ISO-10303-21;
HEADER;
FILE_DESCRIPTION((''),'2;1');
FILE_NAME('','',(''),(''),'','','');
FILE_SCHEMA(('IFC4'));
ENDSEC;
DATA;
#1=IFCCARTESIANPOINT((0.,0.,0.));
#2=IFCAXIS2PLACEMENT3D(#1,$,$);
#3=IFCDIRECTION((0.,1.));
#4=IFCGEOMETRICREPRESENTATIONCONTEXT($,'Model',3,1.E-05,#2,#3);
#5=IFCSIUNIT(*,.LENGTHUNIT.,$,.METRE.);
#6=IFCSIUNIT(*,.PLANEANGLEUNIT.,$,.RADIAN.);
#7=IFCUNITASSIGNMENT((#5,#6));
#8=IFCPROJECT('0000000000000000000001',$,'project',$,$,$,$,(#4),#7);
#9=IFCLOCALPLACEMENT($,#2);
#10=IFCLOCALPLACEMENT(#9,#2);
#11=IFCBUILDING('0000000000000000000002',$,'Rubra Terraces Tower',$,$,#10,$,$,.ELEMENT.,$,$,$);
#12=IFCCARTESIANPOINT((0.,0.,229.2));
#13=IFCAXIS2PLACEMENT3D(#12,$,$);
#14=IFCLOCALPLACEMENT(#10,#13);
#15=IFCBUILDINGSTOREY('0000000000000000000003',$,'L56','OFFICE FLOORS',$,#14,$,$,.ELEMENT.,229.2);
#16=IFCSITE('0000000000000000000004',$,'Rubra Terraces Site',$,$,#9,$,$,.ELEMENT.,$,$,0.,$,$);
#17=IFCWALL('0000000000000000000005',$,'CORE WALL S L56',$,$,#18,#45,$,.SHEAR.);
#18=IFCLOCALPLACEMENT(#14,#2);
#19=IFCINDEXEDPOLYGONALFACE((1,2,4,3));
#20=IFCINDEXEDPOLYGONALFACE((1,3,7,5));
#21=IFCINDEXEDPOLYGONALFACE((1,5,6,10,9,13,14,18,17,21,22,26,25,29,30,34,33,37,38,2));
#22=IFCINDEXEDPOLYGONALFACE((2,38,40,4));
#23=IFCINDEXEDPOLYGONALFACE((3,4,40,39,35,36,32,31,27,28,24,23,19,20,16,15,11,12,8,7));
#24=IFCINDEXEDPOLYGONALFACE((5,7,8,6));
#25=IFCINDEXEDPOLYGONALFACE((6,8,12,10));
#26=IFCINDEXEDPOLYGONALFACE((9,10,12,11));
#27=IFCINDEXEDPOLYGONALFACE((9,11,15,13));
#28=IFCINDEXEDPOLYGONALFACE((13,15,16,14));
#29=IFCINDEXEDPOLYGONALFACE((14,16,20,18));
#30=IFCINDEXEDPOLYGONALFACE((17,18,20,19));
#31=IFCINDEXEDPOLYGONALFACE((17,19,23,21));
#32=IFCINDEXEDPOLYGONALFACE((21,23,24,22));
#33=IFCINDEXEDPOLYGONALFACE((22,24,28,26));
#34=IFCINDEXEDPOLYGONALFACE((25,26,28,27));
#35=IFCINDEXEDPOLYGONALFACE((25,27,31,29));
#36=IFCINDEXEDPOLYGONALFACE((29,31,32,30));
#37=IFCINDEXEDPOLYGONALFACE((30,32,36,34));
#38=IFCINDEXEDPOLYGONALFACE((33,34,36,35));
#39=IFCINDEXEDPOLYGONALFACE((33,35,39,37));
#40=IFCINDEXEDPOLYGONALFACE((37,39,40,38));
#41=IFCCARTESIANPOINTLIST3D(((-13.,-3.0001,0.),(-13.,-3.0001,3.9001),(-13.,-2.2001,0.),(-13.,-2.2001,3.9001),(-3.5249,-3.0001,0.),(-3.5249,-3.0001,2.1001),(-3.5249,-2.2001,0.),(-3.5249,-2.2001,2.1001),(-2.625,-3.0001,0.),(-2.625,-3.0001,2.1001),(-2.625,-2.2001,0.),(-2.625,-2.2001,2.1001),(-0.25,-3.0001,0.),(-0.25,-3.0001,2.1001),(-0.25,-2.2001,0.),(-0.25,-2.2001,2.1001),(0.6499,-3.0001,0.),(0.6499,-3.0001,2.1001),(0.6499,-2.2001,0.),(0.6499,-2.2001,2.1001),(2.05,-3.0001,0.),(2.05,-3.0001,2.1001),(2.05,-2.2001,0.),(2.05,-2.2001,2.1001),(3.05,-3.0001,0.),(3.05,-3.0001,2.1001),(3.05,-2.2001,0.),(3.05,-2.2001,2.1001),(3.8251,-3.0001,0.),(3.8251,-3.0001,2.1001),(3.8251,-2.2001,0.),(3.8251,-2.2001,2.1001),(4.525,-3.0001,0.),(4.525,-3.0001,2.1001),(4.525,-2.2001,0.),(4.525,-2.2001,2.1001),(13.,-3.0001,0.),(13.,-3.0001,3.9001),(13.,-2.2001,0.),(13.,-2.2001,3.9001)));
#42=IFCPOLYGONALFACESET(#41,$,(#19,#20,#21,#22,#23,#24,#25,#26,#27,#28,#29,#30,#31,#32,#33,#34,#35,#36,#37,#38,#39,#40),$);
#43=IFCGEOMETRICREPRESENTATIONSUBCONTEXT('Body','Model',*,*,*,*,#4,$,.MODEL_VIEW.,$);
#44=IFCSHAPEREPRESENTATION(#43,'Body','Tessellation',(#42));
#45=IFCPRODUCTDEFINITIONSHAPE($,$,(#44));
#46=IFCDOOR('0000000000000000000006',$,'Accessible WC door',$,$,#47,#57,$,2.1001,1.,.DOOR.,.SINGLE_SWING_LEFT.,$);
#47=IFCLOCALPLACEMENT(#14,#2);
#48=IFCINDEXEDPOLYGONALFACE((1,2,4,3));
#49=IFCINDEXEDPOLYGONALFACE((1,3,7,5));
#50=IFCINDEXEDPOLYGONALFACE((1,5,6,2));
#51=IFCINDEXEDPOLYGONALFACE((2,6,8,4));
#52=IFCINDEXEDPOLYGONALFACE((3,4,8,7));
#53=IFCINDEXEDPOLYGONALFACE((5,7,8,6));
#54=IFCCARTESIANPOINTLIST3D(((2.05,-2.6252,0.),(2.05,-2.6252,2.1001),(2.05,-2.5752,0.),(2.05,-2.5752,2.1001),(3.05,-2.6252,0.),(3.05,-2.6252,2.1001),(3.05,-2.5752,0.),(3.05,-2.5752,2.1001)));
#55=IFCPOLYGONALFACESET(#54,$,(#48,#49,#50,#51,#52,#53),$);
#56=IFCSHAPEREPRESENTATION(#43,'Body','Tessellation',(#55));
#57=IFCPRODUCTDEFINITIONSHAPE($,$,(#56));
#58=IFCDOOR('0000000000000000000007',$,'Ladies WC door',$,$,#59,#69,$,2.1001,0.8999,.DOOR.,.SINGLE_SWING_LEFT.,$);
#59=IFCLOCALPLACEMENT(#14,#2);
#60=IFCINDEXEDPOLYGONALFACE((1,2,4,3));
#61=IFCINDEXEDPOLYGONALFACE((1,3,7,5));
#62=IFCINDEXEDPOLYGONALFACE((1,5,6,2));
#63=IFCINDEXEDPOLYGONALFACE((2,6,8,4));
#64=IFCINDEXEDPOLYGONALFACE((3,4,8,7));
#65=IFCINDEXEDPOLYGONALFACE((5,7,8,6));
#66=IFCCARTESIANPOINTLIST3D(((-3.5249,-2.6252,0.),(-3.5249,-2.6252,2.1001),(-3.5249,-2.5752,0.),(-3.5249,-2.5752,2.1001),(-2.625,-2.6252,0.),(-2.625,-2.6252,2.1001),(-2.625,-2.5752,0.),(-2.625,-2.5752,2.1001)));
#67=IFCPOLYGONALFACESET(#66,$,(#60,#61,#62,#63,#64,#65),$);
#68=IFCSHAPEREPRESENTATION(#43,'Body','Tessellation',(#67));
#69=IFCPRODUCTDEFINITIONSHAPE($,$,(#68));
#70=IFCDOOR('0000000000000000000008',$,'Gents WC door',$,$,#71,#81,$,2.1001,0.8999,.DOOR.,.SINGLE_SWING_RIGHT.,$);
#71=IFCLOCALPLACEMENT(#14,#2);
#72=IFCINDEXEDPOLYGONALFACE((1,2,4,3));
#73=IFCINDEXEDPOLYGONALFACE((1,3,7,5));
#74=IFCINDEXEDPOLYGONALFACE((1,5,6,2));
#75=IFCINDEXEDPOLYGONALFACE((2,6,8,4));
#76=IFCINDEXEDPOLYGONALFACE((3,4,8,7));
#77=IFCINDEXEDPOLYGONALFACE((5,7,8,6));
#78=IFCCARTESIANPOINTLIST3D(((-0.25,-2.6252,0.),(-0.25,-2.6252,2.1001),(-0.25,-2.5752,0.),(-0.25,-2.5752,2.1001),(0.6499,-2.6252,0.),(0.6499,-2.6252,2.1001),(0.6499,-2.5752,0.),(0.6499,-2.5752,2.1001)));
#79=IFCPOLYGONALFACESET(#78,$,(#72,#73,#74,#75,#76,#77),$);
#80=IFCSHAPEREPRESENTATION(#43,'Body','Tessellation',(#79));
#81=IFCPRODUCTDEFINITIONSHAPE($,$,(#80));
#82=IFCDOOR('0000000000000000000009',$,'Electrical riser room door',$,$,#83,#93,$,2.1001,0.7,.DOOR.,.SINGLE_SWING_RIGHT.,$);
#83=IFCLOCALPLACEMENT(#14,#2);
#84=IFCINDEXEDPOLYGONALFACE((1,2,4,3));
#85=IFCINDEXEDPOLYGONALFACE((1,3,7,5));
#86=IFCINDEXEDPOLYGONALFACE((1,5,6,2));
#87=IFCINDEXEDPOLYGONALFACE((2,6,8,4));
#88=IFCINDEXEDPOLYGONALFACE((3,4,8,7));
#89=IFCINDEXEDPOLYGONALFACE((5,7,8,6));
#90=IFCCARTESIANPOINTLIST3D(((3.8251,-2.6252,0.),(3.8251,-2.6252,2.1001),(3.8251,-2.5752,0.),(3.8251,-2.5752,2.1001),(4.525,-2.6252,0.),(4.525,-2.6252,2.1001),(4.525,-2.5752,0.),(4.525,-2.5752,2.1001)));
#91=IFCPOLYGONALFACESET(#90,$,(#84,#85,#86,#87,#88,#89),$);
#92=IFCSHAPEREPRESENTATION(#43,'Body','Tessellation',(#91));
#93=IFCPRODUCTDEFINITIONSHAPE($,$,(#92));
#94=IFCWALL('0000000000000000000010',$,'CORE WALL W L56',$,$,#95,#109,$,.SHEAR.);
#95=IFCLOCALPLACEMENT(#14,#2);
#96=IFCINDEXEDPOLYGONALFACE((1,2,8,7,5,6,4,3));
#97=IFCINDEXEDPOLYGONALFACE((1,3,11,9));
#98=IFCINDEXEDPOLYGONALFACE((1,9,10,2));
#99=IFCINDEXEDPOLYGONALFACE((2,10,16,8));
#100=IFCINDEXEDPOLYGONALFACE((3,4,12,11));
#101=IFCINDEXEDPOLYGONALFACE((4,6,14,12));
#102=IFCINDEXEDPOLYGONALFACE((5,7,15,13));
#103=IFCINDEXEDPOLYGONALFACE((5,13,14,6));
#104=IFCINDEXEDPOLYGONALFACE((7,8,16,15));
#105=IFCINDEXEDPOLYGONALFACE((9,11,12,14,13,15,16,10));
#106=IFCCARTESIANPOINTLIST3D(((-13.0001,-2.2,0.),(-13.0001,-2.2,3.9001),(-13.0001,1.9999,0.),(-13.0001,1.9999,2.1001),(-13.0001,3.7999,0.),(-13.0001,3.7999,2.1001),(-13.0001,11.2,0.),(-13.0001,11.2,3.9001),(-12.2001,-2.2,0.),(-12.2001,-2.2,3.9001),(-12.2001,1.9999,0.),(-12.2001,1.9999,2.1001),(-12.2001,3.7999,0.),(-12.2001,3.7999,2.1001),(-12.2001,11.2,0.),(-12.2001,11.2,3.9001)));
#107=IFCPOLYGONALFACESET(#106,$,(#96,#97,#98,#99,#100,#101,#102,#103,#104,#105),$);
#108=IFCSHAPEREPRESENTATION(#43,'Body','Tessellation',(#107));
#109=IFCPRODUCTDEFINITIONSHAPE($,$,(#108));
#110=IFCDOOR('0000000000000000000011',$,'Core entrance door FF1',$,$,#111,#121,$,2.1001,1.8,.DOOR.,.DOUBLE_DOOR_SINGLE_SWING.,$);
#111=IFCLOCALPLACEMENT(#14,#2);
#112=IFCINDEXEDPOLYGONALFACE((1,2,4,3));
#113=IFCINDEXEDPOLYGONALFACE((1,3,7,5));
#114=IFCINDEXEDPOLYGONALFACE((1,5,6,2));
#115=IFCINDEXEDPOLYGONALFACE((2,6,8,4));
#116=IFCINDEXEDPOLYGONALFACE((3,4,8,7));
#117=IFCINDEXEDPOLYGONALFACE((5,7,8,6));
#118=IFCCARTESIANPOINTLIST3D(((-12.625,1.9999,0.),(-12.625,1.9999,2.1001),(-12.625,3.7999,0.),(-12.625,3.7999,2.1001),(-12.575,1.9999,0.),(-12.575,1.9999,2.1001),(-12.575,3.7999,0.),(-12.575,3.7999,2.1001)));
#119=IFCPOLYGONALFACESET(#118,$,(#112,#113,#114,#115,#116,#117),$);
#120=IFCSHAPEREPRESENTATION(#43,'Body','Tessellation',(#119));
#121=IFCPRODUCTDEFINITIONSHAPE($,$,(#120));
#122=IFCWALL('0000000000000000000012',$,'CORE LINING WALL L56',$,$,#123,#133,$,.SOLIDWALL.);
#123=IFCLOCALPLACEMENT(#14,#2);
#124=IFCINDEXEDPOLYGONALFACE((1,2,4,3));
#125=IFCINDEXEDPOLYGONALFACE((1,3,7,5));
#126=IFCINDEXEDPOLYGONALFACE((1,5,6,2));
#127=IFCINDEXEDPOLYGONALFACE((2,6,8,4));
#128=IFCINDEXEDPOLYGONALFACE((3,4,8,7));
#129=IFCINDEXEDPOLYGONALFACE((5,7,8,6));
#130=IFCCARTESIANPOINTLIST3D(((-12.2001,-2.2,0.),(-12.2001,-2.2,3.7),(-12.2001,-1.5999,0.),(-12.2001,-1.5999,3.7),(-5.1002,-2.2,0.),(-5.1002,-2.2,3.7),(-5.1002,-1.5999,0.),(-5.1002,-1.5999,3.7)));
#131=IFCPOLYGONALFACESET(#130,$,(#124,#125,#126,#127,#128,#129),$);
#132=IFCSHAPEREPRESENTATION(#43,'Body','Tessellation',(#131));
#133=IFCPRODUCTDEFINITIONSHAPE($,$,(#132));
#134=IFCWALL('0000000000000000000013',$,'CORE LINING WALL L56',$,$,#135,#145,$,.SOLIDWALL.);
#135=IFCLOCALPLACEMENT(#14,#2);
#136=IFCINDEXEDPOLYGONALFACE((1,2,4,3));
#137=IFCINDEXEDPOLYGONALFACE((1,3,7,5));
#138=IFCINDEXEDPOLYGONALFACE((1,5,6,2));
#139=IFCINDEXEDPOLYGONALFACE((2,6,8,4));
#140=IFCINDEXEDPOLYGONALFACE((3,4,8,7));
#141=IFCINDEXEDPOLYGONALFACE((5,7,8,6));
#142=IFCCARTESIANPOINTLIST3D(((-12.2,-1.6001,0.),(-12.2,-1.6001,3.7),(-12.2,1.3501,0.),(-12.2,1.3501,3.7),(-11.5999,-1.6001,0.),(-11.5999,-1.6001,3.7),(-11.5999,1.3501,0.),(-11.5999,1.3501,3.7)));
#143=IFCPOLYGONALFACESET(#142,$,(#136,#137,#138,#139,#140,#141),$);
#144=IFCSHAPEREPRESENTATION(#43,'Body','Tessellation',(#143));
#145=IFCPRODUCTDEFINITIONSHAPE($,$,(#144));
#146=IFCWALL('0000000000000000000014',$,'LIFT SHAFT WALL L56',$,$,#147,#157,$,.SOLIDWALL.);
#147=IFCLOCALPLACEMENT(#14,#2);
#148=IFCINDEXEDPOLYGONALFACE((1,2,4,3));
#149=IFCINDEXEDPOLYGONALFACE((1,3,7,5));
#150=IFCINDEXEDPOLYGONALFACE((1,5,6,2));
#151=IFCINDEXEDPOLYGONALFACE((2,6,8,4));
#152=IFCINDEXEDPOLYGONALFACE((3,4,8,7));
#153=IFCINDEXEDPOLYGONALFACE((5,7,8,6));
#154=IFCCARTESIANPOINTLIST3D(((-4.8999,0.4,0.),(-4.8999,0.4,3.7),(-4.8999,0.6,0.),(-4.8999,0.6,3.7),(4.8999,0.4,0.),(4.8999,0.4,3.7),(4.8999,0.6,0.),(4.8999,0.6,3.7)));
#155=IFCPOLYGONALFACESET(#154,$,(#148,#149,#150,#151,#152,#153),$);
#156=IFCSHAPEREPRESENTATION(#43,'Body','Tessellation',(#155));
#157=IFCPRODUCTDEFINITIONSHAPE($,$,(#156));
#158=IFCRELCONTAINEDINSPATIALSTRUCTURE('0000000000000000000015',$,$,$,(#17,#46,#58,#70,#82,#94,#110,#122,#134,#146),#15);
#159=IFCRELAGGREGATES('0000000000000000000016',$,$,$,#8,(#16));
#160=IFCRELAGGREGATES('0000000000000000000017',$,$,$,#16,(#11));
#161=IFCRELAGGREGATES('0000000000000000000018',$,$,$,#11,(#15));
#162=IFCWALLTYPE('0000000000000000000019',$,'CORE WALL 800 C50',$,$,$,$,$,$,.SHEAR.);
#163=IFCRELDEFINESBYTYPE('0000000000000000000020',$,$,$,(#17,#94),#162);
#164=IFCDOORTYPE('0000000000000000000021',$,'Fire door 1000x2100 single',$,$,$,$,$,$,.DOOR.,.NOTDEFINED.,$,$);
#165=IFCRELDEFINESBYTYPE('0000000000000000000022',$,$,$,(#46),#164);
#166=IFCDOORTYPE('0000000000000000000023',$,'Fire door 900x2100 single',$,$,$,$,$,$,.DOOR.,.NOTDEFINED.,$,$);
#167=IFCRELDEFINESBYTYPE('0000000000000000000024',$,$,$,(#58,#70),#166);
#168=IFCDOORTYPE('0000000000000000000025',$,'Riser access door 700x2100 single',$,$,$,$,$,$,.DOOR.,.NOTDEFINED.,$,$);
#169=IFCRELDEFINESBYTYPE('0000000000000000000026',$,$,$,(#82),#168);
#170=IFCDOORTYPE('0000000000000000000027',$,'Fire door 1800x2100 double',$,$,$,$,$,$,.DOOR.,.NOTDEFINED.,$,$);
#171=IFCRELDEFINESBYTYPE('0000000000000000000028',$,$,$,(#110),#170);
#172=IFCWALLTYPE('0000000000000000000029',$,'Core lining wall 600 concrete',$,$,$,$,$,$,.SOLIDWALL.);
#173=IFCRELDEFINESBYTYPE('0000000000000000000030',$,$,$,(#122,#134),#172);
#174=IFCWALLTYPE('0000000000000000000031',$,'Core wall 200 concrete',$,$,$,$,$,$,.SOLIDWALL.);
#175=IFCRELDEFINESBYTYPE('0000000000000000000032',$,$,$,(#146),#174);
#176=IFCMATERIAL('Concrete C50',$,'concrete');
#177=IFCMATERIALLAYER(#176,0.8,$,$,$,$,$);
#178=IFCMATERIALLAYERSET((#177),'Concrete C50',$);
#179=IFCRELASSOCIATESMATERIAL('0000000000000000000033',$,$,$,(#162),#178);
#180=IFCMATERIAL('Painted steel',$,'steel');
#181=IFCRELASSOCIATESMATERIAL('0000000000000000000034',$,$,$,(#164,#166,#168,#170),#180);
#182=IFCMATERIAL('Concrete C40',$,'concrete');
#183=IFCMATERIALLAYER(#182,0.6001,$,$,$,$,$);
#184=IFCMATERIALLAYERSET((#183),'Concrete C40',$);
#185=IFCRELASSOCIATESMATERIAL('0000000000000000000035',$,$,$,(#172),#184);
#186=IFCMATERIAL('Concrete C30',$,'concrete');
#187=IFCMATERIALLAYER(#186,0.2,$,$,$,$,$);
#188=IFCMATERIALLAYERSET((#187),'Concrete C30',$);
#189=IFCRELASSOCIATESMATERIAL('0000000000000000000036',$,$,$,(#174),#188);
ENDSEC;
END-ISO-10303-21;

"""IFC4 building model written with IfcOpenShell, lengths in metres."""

from ifc_helpers import new_model, si_unit, direction, frame, frame_2d, origin, place, context, subcontext, project, spatial, rectangle, extrude, material, layer, layer_set, type_object, element, fill, save


model = new_model("IFC4")

# Units and contexts
model_context = context("Model", 3, precision=1e-05, world=origin(), true_north=direction((0.0, 1.0)))
body_context = subcontext(model_context, "Body", "Model", "MODEL_VIEW")
ifc_project = project(units=[si_unit("LENGTHUNIT", "METRE"), si_unit("PLANEANGLEUNIT", "RADIAN")], contexts=[model_context])

# Site, building, storey
site_placement = place(None, origin())
site = spatial("IfcSite", under=ifc_project, at=site_placement, Name="Rubra Terraces Site", CompositionType="ELEMENT", RefElevation=0.0)
building_placement = place(site_placement, origin())
building = spatial("IfcBuilding", under=site, at=building_placement, Name="Rubra Terraces Tower", CompositionType="ELEMENT")
storey_placement = place(building_placement, frame((0.0, 0.0, 229.2)))
storey = spatial("IfcBuildingStorey", under=building, at=storey_placement, Name="L56", Description="OFFICE FLOORS", CompositionType="ELEMENT", Elevation=229.2)

# Shared definitions
ifc_material_1 = material(Name="Concrete C40", Category="concrete")

# Wall, openings, doors
ifc_material_2 = material(Name="Concrete C50", Category="concrete")
ifc_layer_1 = layer(ifc_material_2, 0.8)
ifc_layer_set_1 = layer_set([ifc_layer_1], Name="Concrete C50")
wall_type_1 = type_object("IfcWallType", Name="CORE WALL 800 C50", PredefinedType="SHEAR", material=ifc_layer_set_1)
wall_1_placement = place(storey_placement, frame((-13.0, -2.6001, 0.0), z_axis=(0.0, 0.0, 1.0), x_axis=(1.0, 0.0, 0.0)))
wall_1 = element("IfcWall", 1, at=wall_1_placement, inside=storey, type_object=wall_type_1, Name="CORE WALL S L56", PredefinedType="SHEAR", context=body_context, shape_type="SweptSolid", body=[
    extrude(rectangle(XDim=26.0, YDim=0.8, at=frame_2d((13.0, 0.0))), origin(), (0.0, 0.0, 1.0), 3.9001),
])
opening_1_placement = place(wall_1_placement, frame((9.4751, 0.0, 0.0)))
opening_1 = element("IfcOpeningElement", 2, at=opening_1_placement, cuts=wall_1, PredefinedType="OPENING", context=body_context, shape_type="SweptSolid", body=[
    extrude(rectangle(XDim=0.8999, YDim=2.1001, at=frame_2d((0.45, 1.05))), frame((0.0, 0.4099, 0.0), z_axis=(0.0, -1.0, 0.0), x_axis=(1.0, 0.0, 0.0)), (0.0, 0.0, 1.0), 0.8201),
])
opening_2_placement = place(wall_1_placement, frame((12.75, 0.0, 0.0)))
opening_2 = element("IfcOpeningElement", 3, at=opening_2_placement, cuts=wall_1, PredefinedType="OPENING", context=body_context, shape_type="SweptSolid", body=[
    extrude(rectangle(XDim=0.8999, YDim=2.1001, at=frame_2d((0.45, 1.05))), frame((0.0, 0.4099, 0.0), z_axis=(0.0, -1.0, 0.0), x_axis=(1.0, 0.0, 0.0)), (0.0, 0.0, 1.0), 0.8201),
])
opening_3_placement = place(wall_1_placement, frame((15.05, 0.0, 0.0)))
opening_3 = element("IfcOpeningElement", 4, at=opening_3_placement, cuts=wall_1, PredefinedType="OPENING", context=body_context, shape_type="SweptSolid", body=[
    extrude(rectangle(XDim=1.0, YDim=2.1001, at=frame_2d((0.5, 1.05))), frame((0.0, 0.4099, 0.0), z_axis=(0.0, -1.0, 0.0), x_axis=(1.0, 0.0, 0.0)), (0.0, 0.0, 1.0), 0.8201),
])
opening_4_placement = place(wall_1_placement, frame((16.825, 0.0, 0.0)))
opening_4 = element("IfcOpeningElement", 5, at=opening_4_placement, cuts=wall_1, PredefinedType="OPENING", context=body_context, shape_type="SweptSolid", body=[
    extrude(rectangle(XDim=0.7, YDim=2.1001, at=frame_2d((0.3501, 1.05))), frame((0.0, 0.4099, 0.0), z_axis=(0.0, -1.0, 0.0), x_axis=(1.0, 0.0, 0.0)), (0.0, 0.0, 1.0), 0.8201),
])
ifc_material_3 = material(Name="Painted steel", Category="steel")
door_type_1 = type_object("IfcDoorType", Name="Fire door 1000x2100 single", OperationType="NOTDEFINED", PredefinedType="DOOR", material=ifc_material_3)
door_1_placement = place(opening_3_placement, origin())
door_1 = element("IfcDoor", 6, at=door_1_placement, inside=storey, type_object=door_type_1, Name="Accessible WC door", OperationType="SINGLE_SWING_LEFT", OverallHeight=2.1001, OverallWidth=1.0, PredefinedType="DOOR", context=body_context, shape_type="SweptSolid", body=[
    extrude(rectangle(XDim=1.0, YDim=2.1001, at=frame_2d((0.5, 1.05))), frame((0.0, 0.0249, 0.0), z_axis=(0.0, -1.0, 0.0), x_axis=(1.0, 0.0, 0.0)), (0.0, 0.0, 1.0), 0.05),
])
fill(opening_3, door_1)
door_type_2 = type_object("IfcDoorType", Name="Fire door 900x2100 single", OperationType="NOTDEFINED", PredefinedType="DOOR", material=ifc_material_3)
door_2_placement = place(opening_1_placement, origin())
door_2 = element("IfcDoor", 7, at=door_2_placement, inside=storey, type_object=door_type_2, Name="Ladies WC door", OperationType="SINGLE_SWING_LEFT", OverallHeight=2.1001, OverallWidth=0.8999, PredefinedType="DOOR", context=body_context, shape_type="SweptSolid", body=[
    extrude(rectangle(XDim=0.8999, YDim=2.1001, at=frame_2d((0.45, 1.05))), frame((0.0, 0.0249, 0.0), z_axis=(0.0, -1.0, 0.0), x_axis=(1.0, 0.0, 0.0)), (0.0, 0.0, 1.0), 0.05),
])
fill(opening_1, door_2)
door_3_placement = place(opening_2_placement, origin())
door_3 = element("IfcDoor", 8, at=door_3_placement, inside=storey, type_object=door_type_2, Name="Gents WC door", OperationType="SINGLE_SWING_RIGHT", OverallHeight=2.1001, OverallWidth=0.8999, PredefinedType="DOOR", context=body_context, shape_type="SweptSolid", body=[
    extrude(rectangle(XDim=0.8999, YDim=2.1001, at=frame_2d((0.45, 1.05))), frame((0.0, 0.0249, 0.0), z_axis=(0.0, -1.0, 0.0), x_axis=(1.0, 0.0, 0.0)), (0.0, 0.0, 1.0), 0.05),
])
fill(opening_2, door_3)
door_type_3 = type_object("IfcDoorType", Name="Riser access door 700x2100 single", OperationType="NOTDEFINED", PredefinedType="DOOR", material=ifc_material_3)
door_4_placement = place(opening_4_placement, origin())
door_4 = element("IfcDoor", 9, at=door_4_placement, inside=storey, type_object=door_type_3, Name="Electrical riser room door", OperationType="SINGLE_SWING_RIGHT", OverallHeight=2.1001, OverallWidth=0.7, PredefinedType="DOOR", context=body_context, shape_type="SweptSolid", body=[
    extrude(rectangle(XDim=0.7, YDim=2.1001, at=frame_2d((0.3501, 1.05))), frame((0.0, 0.0249, 0.0), z_axis=(0.0, -1.0, 0.0), x_axis=(1.0, 0.0, 0.0)), (0.0, 0.0, 1.0), 0.05),
])
fill(opening_4, door_4)

# Wall, opening, door
wall_2_placement = place(storey_placement, frame((-12.6001, -2.2, 0.0), z_axis=(0.0, 0.0, 1.0), x_axis=(0.0, 1.0, 0.0)))
wall_2 = element("IfcWall", 10, at=wall_2_placement, inside=storey, type_object=wall_type_1, Name="CORE WALL W L56", PredefinedType="SHEAR", context=body_context, shape_type="SweptSolid", body=[
    extrude(rectangle(XDim=13.3999, YDim=0.8, at=frame_2d((6.7, 0.0))), origin(), (0.0, 0.0, 1.0), 3.9001),
])
opening_5_placement = place(wall_2_placement, frame((4.2, 0.0, 0.0)))
opening_5 = element("IfcOpeningElement", 11, at=opening_5_placement, cuts=wall_2, PredefinedType="OPENING", context=body_context, shape_type="SweptSolid", body=[
    extrude(rectangle(XDim=1.8, YDim=2.1001, at=frame_2d((0.8999, 1.05))), frame((0.0, 0.4099, 0.0), z_axis=(0.0, -1.0, 0.0), x_axis=(1.0, 0.0, 0.0)), (0.0, 0.0, 1.0), 0.8201),
])
door_type_4 = type_object("IfcDoorType", Name="Fire door 1800x2100 double", OperationType="NOTDEFINED", PredefinedType="DOOR", material=ifc_material_3)
door_5_placement = place(opening_5_placement, origin())
door_5 = element("IfcDoor", 12, at=door_5_placement, inside=storey, type_object=door_type_4, Name="Core entrance door FF1", OperationType="DOUBLE_DOOR_SINGLE_SWING", OverallHeight=2.1001, OverallWidth=1.8, PredefinedType="DOOR", context=body_context, shape_type="SweptSolid", body=[
    extrude(rectangle(XDim=1.8, YDim=2.1001, at=frame_2d((0.8999, 1.05))), frame((0.0, 0.0249, 0.0), z_axis=(0.0, -1.0, 0.0), x_axis=(1.0, 0.0, 0.0)), (0.0, 0.0, 1.0), 0.05),
])
fill(opening_5, door_5)

# Walls
ifc_layer_2 = layer(ifc_material_1, 0.6001)
ifc_layer_set_2 = layer_set([ifc_layer_2], Name="Concrete C40")
wall_type_2 = type_object("IfcWallType", Name="Core lining wall 600 concrete", PredefinedType="SOLIDWALL", material=ifc_layer_set_2)
wall_3_placement = place(storey_placement, frame((-12.2, -1.8999, 0.0), z_axis=(0.0, 0.0, 1.0), x_axis=(1.0, 0.0, 0.0)))
element("IfcWall", 13, at=wall_3_placement, inside=storey, type_object=wall_type_2, Name="CORE LINING WALL L56", PredefinedType="SOLIDWALL", context=body_context, shape_type="SweptSolid", body=[
    extrude(rectangle(XDim=7.0999, YDim=0.6001, at=frame_2d((3.5498, 0.0))), origin(), (0.0, 0.0, 1.0), 3.7),
])
wall_4_placement = place(storey_placement, frame((-11.8999, -1.6001, 0.0), z_axis=(0.0, 0.0, 1.0), x_axis=(0.0, 1.0, 0.0)))
element("IfcWall", 14, at=wall_4_placement, inside=storey, type_object=wall_type_2, Name="CORE LINING WALL L56", PredefinedType="SOLIDWALL", context=body_context, shape_type="SweptSolid", body=[
    extrude(rectangle(XDim=2.9502, YDim=0.6001, at=frame_2d((1.4751, 0.0))), origin(), (0.0, 0.0, 1.0), 3.7),
])
ifc_material_4 = material(Name="Concrete C30", Category="concrete")
ifc_layer_3 = layer(ifc_material_4, 0.2)
ifc_layer_set_3 = layer_set([ifc_layer_3], Name="Concrete C30")
wall_type_3 = type_object("IfcWallType", Name="Core wall 200 concrete", PredefinedType="SOLIDWALL", material=ifc_layer_set_3)
wall_5_placement = place(storey_placement, frame((-4.8999, 0.5, 0.0), z_axis=(0.0, 0.0, 1.0), x_axis=(1.0, 0.0, 0.0)))
element("IfcWall", 15, at=wall_5_placement, inside=storey, type_object=wall_type_3, Name="LIFT SHAFT WALL L56", PredefinedType="SOLIDWALL", context=body_context, shape_type="SweptSolid", body=[
    extrude(rectangle(XDim=9.7998, YDim=0.2, at=frame_2d((4.8999, 0.0))), origin(), (0.0, 0.0, 1.0), 3.7),
])

save(model, "model.ifc")
